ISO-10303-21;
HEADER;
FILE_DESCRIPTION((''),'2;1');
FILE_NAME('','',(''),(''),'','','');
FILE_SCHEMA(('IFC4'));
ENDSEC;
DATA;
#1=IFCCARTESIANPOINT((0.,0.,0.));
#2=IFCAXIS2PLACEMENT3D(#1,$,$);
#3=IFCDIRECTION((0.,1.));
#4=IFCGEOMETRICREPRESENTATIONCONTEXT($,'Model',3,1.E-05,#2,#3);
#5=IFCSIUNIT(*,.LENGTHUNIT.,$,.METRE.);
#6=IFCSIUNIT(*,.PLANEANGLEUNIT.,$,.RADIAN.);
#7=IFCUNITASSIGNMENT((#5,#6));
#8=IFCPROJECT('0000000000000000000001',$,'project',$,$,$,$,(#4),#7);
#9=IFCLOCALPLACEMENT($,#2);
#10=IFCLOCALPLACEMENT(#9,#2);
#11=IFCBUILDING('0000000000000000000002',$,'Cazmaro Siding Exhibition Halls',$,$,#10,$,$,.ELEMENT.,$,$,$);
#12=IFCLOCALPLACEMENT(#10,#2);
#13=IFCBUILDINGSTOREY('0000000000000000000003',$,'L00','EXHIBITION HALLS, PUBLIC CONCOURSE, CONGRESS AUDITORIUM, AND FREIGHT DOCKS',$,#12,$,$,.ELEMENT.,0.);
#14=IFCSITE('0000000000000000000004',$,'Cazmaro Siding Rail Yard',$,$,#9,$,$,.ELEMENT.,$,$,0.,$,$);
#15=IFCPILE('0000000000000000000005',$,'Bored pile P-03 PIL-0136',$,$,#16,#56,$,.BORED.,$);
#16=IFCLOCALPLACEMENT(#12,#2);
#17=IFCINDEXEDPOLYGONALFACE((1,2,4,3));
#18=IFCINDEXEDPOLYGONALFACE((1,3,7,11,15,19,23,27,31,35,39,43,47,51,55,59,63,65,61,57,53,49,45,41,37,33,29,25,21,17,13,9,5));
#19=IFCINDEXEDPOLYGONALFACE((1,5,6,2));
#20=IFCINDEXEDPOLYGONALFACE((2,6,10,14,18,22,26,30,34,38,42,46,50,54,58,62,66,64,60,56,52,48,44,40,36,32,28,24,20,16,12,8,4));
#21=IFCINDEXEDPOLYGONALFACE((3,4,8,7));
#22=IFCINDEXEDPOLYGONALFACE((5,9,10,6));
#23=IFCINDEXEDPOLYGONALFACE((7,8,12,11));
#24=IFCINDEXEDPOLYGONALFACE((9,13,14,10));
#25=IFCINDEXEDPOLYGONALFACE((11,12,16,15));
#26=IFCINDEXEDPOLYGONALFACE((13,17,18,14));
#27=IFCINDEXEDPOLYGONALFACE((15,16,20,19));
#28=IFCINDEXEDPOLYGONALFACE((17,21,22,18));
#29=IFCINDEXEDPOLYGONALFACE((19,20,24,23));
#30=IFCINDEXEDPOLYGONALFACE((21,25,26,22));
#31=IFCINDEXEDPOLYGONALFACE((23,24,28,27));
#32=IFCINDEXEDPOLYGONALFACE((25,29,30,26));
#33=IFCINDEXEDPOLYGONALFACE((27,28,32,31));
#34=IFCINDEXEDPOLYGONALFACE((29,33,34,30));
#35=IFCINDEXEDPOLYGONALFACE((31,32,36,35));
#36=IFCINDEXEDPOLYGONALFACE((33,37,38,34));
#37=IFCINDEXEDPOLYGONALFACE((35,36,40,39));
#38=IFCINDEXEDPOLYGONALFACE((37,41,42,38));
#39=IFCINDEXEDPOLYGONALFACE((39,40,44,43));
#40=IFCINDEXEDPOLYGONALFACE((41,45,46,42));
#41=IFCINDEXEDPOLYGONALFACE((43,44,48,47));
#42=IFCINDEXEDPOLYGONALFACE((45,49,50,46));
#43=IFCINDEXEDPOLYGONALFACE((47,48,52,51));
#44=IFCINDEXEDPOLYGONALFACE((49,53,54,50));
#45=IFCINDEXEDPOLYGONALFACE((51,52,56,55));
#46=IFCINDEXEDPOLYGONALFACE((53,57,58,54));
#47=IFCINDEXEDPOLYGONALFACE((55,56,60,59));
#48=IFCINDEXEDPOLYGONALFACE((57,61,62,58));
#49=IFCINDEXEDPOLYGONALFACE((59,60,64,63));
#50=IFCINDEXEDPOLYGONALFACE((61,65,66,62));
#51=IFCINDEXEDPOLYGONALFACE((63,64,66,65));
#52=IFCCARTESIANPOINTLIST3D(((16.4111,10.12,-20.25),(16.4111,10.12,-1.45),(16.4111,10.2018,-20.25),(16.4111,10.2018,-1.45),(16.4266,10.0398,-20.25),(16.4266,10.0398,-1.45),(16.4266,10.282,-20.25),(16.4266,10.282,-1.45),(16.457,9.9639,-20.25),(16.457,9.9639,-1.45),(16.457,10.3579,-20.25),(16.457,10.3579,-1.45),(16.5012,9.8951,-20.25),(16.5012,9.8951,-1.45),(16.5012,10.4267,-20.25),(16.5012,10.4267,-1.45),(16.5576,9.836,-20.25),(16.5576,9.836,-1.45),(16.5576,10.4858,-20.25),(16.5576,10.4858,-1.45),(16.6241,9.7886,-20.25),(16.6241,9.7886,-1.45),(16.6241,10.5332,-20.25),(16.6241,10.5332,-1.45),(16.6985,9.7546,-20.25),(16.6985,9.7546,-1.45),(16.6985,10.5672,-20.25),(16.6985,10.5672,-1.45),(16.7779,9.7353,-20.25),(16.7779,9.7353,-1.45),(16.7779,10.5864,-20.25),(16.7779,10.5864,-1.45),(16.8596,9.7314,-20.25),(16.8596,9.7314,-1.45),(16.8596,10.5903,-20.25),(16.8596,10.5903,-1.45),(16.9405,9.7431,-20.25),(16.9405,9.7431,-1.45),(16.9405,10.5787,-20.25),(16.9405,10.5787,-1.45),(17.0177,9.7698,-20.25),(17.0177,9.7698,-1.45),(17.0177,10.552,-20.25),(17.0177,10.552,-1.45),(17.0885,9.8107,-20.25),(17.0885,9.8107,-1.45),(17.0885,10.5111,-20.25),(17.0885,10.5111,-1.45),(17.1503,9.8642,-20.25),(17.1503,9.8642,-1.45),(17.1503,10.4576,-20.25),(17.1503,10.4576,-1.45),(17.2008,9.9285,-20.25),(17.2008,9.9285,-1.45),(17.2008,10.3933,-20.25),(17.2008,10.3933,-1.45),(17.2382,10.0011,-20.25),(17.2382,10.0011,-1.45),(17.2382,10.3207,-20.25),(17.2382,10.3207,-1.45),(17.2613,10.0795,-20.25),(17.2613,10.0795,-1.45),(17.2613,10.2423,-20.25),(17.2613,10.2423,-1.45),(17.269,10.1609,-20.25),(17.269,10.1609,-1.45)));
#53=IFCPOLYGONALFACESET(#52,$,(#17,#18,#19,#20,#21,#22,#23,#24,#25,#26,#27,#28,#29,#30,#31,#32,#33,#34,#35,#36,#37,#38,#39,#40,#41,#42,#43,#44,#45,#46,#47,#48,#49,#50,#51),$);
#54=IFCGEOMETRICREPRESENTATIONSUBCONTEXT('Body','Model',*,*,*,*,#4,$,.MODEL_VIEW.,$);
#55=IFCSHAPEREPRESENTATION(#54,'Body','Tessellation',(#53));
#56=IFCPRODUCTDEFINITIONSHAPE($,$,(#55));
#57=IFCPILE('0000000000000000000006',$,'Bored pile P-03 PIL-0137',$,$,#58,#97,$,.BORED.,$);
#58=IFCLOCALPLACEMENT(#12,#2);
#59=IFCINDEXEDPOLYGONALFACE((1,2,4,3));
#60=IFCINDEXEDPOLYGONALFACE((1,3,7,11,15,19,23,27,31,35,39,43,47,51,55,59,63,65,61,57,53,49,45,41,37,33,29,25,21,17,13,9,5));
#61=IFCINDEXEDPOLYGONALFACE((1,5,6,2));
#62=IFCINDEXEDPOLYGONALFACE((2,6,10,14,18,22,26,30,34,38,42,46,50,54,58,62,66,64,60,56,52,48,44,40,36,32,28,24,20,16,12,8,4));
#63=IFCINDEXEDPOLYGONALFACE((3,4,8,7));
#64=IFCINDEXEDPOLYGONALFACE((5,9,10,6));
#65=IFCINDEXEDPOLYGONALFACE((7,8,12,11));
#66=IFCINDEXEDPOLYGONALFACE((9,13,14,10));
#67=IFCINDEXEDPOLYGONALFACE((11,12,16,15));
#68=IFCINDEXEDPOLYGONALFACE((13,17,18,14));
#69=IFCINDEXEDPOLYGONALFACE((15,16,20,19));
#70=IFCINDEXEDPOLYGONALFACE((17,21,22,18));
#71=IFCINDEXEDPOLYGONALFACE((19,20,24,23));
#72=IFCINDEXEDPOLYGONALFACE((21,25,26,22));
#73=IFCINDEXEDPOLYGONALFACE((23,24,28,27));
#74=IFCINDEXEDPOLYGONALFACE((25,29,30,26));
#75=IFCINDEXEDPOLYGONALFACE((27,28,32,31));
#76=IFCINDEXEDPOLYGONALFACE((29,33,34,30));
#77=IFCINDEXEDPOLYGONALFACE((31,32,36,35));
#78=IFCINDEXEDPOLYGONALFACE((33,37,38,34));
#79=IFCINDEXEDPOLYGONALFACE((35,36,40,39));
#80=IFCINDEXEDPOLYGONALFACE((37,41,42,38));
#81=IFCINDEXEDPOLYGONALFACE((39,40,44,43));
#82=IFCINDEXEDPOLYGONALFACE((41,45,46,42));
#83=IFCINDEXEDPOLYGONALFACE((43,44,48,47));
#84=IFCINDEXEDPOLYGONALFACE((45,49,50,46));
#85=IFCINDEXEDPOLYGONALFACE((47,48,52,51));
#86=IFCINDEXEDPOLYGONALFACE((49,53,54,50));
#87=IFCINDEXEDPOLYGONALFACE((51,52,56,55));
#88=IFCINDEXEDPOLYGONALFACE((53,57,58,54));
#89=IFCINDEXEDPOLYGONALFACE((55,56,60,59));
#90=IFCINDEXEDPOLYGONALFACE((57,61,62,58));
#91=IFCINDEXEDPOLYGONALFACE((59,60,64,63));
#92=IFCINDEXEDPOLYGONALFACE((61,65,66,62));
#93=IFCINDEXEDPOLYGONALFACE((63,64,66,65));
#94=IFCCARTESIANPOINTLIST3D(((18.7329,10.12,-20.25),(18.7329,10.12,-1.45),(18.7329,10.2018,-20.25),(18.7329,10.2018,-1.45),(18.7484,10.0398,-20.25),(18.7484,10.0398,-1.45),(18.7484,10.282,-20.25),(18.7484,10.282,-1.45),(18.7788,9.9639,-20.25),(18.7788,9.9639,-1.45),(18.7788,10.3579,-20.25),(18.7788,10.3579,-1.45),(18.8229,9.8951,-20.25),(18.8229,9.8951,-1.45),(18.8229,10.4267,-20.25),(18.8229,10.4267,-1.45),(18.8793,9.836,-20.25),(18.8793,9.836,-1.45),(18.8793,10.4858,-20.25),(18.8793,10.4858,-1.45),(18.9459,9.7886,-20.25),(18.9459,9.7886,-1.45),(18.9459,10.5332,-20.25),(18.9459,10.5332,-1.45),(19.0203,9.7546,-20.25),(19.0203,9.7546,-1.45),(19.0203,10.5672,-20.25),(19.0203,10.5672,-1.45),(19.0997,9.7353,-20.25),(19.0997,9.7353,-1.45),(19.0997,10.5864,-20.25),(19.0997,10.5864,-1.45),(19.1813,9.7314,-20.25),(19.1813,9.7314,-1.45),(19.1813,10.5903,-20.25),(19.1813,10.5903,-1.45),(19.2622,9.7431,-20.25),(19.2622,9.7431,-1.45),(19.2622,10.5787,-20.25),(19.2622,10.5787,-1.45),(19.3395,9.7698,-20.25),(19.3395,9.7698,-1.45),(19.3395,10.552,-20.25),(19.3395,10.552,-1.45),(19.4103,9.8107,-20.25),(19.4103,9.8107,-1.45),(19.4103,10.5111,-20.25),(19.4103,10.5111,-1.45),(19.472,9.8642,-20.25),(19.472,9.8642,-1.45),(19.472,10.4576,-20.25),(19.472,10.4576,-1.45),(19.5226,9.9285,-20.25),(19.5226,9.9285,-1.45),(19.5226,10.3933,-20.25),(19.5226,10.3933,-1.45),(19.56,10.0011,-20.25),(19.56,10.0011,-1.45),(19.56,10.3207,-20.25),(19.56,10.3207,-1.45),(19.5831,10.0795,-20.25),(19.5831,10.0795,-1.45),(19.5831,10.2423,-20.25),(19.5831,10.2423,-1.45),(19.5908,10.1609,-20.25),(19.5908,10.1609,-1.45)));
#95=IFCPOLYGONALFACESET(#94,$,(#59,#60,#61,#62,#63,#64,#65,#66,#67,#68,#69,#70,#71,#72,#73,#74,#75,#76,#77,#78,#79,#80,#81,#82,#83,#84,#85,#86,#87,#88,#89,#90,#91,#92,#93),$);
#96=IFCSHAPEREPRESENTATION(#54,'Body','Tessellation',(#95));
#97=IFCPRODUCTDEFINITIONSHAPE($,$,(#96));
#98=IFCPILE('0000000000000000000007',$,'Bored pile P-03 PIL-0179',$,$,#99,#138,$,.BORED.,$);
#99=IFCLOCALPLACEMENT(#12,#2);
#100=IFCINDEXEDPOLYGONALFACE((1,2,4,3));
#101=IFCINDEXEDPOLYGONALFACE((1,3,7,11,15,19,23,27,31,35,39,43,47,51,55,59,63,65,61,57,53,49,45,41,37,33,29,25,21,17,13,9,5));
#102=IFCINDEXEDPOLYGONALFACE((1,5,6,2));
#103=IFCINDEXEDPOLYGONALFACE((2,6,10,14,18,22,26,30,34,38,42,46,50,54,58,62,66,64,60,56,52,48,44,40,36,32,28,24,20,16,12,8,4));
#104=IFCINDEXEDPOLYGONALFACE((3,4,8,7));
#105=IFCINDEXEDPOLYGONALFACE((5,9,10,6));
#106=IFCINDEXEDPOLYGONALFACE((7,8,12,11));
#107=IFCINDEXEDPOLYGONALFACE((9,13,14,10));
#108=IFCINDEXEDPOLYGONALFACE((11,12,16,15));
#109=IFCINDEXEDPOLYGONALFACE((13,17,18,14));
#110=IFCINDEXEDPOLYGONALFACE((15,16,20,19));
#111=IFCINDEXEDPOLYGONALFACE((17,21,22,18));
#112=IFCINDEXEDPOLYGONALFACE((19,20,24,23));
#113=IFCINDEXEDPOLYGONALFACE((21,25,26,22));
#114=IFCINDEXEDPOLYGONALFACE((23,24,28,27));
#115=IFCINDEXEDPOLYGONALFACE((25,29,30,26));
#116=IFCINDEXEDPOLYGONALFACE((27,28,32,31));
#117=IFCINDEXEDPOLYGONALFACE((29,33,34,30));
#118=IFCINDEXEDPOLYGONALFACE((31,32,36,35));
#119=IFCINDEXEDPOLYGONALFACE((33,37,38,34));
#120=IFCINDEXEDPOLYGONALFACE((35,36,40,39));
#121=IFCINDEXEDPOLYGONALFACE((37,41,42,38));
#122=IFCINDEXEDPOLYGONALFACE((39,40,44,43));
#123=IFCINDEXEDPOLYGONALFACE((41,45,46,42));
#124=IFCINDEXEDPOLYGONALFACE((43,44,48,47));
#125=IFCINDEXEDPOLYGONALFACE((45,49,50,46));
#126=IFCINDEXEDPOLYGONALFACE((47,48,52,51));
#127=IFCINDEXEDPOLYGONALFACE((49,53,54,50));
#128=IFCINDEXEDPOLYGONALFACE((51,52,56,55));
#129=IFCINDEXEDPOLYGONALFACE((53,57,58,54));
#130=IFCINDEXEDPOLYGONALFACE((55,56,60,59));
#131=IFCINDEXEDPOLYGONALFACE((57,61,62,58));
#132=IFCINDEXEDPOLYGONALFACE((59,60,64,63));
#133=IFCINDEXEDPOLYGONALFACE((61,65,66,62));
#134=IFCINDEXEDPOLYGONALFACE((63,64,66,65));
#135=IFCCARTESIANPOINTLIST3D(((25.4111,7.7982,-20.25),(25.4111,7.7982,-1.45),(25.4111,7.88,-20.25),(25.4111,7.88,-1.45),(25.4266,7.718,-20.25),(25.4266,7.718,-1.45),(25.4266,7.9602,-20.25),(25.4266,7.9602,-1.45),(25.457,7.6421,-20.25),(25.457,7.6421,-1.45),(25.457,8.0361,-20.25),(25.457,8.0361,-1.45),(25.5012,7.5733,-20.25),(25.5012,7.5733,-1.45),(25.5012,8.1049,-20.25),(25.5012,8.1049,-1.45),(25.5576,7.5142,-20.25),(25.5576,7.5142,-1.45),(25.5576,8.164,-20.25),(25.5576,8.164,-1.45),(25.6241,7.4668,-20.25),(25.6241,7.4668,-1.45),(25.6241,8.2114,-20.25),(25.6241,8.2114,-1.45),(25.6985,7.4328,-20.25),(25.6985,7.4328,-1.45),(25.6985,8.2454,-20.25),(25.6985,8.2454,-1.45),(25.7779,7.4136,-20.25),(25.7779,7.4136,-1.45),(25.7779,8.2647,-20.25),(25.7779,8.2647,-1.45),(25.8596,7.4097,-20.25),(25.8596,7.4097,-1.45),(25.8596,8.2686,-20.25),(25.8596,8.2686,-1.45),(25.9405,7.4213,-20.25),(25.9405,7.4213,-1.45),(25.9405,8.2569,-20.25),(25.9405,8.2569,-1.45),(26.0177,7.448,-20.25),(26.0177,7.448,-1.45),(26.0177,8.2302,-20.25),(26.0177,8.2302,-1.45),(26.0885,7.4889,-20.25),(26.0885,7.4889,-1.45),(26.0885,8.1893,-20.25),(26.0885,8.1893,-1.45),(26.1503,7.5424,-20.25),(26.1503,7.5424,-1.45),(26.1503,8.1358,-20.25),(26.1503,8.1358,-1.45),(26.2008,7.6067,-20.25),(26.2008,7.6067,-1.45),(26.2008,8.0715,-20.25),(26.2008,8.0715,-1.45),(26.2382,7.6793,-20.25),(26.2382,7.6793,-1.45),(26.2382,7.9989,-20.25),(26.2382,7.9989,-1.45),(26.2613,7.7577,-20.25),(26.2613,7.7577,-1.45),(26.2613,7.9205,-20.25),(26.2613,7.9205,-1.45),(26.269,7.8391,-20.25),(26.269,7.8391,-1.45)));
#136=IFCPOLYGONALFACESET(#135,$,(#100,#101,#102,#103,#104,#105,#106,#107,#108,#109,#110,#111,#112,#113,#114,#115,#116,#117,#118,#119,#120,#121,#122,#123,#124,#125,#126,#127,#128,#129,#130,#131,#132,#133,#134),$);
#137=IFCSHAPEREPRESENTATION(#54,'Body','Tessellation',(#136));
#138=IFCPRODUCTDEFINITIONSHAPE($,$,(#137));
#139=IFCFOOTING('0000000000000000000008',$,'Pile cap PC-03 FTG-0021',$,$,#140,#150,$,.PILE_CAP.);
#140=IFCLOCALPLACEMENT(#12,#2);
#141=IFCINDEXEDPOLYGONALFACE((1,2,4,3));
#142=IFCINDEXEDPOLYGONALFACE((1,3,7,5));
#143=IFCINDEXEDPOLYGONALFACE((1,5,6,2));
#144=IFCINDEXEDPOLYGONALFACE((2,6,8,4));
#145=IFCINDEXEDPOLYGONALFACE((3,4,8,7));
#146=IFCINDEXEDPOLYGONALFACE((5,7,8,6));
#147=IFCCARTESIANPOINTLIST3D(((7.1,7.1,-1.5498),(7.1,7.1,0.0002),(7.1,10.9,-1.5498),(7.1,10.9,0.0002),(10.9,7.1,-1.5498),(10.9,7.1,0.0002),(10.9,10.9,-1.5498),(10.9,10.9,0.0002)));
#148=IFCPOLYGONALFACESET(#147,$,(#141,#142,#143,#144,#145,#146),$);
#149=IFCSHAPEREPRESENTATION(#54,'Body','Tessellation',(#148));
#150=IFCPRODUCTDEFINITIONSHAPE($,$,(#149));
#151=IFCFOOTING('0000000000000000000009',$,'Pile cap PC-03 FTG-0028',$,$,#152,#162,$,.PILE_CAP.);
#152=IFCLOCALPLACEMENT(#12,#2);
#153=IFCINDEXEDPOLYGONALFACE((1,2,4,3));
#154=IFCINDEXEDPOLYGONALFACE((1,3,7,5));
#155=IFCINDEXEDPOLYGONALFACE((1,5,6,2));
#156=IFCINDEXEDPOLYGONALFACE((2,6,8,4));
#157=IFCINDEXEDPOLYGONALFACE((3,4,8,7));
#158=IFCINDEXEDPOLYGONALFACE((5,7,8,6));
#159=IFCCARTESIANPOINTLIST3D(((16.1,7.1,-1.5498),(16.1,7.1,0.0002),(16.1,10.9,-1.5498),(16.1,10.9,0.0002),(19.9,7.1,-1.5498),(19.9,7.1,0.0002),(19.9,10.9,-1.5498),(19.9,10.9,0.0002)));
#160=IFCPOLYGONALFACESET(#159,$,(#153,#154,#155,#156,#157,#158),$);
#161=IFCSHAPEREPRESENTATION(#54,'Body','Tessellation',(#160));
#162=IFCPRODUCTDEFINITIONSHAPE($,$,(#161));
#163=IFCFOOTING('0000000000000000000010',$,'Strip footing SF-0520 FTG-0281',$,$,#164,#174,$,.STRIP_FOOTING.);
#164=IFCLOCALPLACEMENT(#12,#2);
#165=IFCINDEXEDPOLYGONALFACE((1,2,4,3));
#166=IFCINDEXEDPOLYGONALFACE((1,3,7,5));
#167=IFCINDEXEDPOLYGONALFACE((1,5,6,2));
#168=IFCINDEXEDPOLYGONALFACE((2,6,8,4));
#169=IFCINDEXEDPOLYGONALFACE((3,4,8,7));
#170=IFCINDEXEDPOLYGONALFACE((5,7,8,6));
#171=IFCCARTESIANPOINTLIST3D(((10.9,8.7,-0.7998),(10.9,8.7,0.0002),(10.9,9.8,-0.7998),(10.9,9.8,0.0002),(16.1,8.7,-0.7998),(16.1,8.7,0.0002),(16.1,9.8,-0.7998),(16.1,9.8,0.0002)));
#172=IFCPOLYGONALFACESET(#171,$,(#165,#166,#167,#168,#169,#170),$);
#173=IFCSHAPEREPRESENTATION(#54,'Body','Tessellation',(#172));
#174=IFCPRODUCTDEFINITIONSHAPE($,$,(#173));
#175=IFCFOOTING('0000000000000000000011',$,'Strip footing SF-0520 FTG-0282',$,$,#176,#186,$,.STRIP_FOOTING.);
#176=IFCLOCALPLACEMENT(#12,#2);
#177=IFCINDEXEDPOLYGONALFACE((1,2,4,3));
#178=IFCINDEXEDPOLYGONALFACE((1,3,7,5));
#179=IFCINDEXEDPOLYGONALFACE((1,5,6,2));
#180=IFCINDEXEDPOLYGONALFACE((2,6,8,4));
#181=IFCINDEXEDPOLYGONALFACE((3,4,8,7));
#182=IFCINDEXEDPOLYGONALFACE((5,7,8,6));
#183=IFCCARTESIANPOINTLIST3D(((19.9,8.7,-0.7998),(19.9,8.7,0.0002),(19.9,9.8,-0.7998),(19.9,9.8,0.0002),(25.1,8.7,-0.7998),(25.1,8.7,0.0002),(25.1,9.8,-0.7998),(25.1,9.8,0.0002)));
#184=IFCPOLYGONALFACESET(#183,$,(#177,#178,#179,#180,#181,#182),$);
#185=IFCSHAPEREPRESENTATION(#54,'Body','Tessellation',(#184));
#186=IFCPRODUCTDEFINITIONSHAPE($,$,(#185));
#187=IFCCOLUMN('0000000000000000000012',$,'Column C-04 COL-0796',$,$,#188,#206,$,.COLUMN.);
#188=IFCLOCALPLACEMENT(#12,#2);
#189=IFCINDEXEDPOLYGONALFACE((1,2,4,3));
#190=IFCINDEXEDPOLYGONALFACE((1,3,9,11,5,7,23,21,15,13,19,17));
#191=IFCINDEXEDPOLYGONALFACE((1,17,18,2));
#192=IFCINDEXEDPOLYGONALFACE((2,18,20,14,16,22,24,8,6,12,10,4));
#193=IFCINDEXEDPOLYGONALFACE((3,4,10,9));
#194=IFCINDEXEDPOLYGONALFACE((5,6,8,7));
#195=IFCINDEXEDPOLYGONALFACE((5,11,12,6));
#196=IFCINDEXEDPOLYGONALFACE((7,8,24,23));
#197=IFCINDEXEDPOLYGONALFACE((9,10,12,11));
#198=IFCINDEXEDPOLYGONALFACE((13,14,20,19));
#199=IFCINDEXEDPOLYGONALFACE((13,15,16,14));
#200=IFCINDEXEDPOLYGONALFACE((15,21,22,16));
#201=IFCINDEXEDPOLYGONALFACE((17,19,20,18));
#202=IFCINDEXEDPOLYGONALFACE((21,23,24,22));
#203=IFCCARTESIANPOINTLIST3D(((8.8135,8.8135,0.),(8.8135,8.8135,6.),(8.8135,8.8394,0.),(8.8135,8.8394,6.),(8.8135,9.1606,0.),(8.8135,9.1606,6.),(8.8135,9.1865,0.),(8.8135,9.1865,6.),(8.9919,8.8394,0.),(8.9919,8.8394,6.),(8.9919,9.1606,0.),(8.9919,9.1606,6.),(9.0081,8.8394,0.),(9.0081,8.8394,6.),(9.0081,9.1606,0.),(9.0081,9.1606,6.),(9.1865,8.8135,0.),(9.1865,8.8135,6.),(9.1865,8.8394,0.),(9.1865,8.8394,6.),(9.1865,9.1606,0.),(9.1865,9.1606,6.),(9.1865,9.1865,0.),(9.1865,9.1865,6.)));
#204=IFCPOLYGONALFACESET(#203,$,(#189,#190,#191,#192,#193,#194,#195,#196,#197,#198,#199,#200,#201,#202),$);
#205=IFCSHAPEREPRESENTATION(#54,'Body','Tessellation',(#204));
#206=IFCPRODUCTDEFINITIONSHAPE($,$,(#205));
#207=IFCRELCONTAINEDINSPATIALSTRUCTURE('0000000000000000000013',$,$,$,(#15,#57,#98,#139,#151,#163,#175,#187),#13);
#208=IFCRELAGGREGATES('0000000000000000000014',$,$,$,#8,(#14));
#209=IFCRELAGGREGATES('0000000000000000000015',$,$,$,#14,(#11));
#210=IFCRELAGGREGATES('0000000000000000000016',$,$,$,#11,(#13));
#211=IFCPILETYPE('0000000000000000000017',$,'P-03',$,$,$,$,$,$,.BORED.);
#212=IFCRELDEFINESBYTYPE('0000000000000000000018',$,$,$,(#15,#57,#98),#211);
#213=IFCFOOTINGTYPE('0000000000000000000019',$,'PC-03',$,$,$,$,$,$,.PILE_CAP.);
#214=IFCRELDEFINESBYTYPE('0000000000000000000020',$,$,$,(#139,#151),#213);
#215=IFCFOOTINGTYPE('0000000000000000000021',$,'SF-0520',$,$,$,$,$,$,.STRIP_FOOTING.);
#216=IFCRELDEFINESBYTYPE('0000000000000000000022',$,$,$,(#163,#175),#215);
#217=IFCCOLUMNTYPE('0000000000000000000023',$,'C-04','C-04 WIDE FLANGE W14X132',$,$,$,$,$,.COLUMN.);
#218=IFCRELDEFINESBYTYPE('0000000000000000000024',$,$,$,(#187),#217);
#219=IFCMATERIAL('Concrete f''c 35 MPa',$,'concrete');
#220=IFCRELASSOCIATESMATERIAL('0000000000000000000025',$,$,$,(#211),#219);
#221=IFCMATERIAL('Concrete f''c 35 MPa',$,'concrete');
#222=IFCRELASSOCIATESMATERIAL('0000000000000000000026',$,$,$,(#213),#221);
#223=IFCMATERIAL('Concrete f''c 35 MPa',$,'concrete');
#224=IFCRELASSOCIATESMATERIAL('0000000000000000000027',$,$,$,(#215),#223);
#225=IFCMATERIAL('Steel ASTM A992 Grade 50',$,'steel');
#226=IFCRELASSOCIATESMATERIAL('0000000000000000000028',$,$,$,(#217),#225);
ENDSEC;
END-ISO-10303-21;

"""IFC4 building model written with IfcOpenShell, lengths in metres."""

from ifc_helpers import new_model, si_unit, direction, frame, origin, origin_2d, place, context, subcontext, project, spatial, rectangle, circle, i_section, extrude, material, material_profile, profile_set, type_object, element, save


model = new_model("IFC4")

# Units and contexts
model_context = context("Model", 3, precision=1e-05, world=origin(), true_north=direction((0.0, 1.0)))
body_context = subcontext(model_context, "Body", "Model", "MODEL_VIEW")
ifc_project = project(units=[si_unit("LENGTHUNIT", "METRE"), si_unit("PLANEANGLEUNIT", "RADIAN")], contexts=[model_context])

# Site, building, storey
site_placement = place(None, origin())
site = spatial("IfcSite", under=ifc_project, at=site_placement, Name="Cazmaro Siding Rail Yard", CompositionType="ELEMENT", RefElevation=0.0)
building_placement = place(site_placement, origin())
building = spatial("IfcBuilding", under=site, at=building_placement, Name="Cazmaro Siding Exhibition Halls", CompositionType="ELEMENT")
storey_placement = place(building_placement, origin())
storey = spatial("IfcBuildingStorey", under=building, at=storey_placement, Name="L00", Description="EXHIBITION HALLS, PUBLIC CONCOURSE, CONGRESS AUDITORIUM, AND FREIGHT DOCKS", CompositionType="ELEMENT", Elevation=0.0)

# Piles
ifc_material_1 = material(Name="Concrete f'c 35 MPa", Category="concrete")
ifc_material_profile_1 = material_profile(ifc_material_1, circle(Radius=0.4299, at=origin_2d()), Name="CIDH-860")
ifc_profile_set_1 = profile_set([ifc_material_profile_1], Name="Concrete f'c 35 MPa")
pile_type = type_object("IfcPileType", Name="P-03", PredefinedType="BORED", material=ifc_profile_set_1)
for number, where, z_axis, x_axis, name in (
    (1, (16.8391, 10.1609, -1.45), (0.0, 0.0, -1.0), (1.0, 0.0, 0.0), "Bored pile P-03 PIL-0136"),
    (2, (19.1609, 10.1609, -1.45), (0.0, 0.0, -1.0), (1.0, 0.0, 0.0), "Bored pile P-03 PIL-0137"),
    (3, (25.8391, 7.8391, -1.45), (0.0, 0.0, -1.0), (1.0, 0.0, 0.0), "Bored pile P-03 PIL-0179"),
):
    element("IfcPile", number, at=place(storey_placement, frame(where, z_axis=z_axis, x_axis=x_axis)), inside=storey, type_object=pile_type, Name=name, PredefinedType="BORED", context=body_context, shape_type="SweptSolid", body=[
        extrude(circle(Radius=0.4299, at=origin_2d()), origin(), (0.0, 0.0, 1.0), 18.8),
    ])

# Footings
ifc_material_2 = material(Name="Concrete f'c 35 MPa", Category="concrete")
footing_type_1 = type_object("IfcFootingType", Name="PC-03", PredefinedType="PILE_CAP", material=ifc_material_2)
for number, where, z_axis, x_axis, name in (
    (4, (9.0, 9.0, -1.5498), (0.0, 0.0, 1.0), (1.0, 0.0, 0.0), "Pile cap PC-03 FTG-0021"),
    (5, (18.0, 9.0, -1.5498), (0.0, 0.0, 1.0), (1.0, 0.0, 0.0), "Pile cap PC-03 FTG-0028"),
):
    element("IfcFooting", number, at=place(storey_placement, frame(where, z_axis=z_axis, x_axis=x_axis)), inside=storey, type_object=footing_type_1, Name=name, PredefinedType="PILE_CAP", context=body_context, shape_type="SweptSolid", body=[
        extrude(rectangle(XDim=3.8, YDim=3.8, at=origin_2d()), origin(), (0.0, 0.0, 1.0), 1.55),
    ])
ifc_material_3 = material(Name="Concrete f'c 35 MPa", Category="concrete")
footing_type_2 = type_object("IfcFootingType", Name="SF-0520", PredefinedType="STRIP_FOOTING", material=ifc_material_3)
for number, where, z_axis, x_axis, name in (
    (6, (13.5, 9.25, -0.7998), (0.0, 0.0, 1.0), (1.0, 0.0, 0.0), "Strip footing SF-0520 FTG-0281"),
    (7, (22.5, 9.25, -0.7998), (0.0, 0.0, 1.0), (1.0, 0.0, 0.0), "Strip footing SF-0520 FTG-0282"),
):
    element("IfcFooting", number, at=place(storey_placement, frame(where, z_axis=z_axis, x_axis=x_axis)), inside=storey, type_object=footing_type_2, Name=name, PredefinedType="STRIP_FOOTING", context=body_context, shape_type="SweptSolid", body=[
        extrude(rectangle(XDim=5.2, YDim=1.1001, at=origin_2d()), origin(), (0.0, 0.0, 1.0), 0.8),
    ])

# Column
ifc_material_4 = material(Name="Steel ASTM A992 Grade 50", Category="steel")
ifc_material_profile_2 = material_profile(ifc_material_4, i_section(OverallWidth=0.373, OverallDepth=0.373, WebThickness=0.0161, FlangeThickness=0.0259, at=origin_2d()), Name="W14X132")
ifc_profile_set_2 = profile_set([ifc_material_profile_2], Name="Steel ASTM A992 Grade 50")
column_type = type_object("IfcColumnType", Name="C-04", Description="C-04 WIDE FLANGE W14X132", PredefinedType="COLUMN", material=ifc_profile_set_2)
for number, where, z_axis, x_axis, name in (
    (8, (9.0, 9.0, 0.0), (0.0, 0.0, 1.0), (1.0, 0.0, 0.0), "Column C-04 COL-0796"),
):
    element("IfcColumn", number, at=place(storey_placement, frame(where, z_axis=z_axis, x_axis=x_axis)), inside=storey, type_object=column_type, Name=name, PredefinedType="COLUMN", context=body_context, shape_type="SweptSolid", body=[
        extrude(i_section(OverallWidth=0.373, OverallDepth=0.373, WebThickness=0.0161, FlangeThickness=0.0259, at=origin_2d()), origin(), (0.0, 0.0, 1.0), 6.0),
    ])

save(model, "model.ifc")
